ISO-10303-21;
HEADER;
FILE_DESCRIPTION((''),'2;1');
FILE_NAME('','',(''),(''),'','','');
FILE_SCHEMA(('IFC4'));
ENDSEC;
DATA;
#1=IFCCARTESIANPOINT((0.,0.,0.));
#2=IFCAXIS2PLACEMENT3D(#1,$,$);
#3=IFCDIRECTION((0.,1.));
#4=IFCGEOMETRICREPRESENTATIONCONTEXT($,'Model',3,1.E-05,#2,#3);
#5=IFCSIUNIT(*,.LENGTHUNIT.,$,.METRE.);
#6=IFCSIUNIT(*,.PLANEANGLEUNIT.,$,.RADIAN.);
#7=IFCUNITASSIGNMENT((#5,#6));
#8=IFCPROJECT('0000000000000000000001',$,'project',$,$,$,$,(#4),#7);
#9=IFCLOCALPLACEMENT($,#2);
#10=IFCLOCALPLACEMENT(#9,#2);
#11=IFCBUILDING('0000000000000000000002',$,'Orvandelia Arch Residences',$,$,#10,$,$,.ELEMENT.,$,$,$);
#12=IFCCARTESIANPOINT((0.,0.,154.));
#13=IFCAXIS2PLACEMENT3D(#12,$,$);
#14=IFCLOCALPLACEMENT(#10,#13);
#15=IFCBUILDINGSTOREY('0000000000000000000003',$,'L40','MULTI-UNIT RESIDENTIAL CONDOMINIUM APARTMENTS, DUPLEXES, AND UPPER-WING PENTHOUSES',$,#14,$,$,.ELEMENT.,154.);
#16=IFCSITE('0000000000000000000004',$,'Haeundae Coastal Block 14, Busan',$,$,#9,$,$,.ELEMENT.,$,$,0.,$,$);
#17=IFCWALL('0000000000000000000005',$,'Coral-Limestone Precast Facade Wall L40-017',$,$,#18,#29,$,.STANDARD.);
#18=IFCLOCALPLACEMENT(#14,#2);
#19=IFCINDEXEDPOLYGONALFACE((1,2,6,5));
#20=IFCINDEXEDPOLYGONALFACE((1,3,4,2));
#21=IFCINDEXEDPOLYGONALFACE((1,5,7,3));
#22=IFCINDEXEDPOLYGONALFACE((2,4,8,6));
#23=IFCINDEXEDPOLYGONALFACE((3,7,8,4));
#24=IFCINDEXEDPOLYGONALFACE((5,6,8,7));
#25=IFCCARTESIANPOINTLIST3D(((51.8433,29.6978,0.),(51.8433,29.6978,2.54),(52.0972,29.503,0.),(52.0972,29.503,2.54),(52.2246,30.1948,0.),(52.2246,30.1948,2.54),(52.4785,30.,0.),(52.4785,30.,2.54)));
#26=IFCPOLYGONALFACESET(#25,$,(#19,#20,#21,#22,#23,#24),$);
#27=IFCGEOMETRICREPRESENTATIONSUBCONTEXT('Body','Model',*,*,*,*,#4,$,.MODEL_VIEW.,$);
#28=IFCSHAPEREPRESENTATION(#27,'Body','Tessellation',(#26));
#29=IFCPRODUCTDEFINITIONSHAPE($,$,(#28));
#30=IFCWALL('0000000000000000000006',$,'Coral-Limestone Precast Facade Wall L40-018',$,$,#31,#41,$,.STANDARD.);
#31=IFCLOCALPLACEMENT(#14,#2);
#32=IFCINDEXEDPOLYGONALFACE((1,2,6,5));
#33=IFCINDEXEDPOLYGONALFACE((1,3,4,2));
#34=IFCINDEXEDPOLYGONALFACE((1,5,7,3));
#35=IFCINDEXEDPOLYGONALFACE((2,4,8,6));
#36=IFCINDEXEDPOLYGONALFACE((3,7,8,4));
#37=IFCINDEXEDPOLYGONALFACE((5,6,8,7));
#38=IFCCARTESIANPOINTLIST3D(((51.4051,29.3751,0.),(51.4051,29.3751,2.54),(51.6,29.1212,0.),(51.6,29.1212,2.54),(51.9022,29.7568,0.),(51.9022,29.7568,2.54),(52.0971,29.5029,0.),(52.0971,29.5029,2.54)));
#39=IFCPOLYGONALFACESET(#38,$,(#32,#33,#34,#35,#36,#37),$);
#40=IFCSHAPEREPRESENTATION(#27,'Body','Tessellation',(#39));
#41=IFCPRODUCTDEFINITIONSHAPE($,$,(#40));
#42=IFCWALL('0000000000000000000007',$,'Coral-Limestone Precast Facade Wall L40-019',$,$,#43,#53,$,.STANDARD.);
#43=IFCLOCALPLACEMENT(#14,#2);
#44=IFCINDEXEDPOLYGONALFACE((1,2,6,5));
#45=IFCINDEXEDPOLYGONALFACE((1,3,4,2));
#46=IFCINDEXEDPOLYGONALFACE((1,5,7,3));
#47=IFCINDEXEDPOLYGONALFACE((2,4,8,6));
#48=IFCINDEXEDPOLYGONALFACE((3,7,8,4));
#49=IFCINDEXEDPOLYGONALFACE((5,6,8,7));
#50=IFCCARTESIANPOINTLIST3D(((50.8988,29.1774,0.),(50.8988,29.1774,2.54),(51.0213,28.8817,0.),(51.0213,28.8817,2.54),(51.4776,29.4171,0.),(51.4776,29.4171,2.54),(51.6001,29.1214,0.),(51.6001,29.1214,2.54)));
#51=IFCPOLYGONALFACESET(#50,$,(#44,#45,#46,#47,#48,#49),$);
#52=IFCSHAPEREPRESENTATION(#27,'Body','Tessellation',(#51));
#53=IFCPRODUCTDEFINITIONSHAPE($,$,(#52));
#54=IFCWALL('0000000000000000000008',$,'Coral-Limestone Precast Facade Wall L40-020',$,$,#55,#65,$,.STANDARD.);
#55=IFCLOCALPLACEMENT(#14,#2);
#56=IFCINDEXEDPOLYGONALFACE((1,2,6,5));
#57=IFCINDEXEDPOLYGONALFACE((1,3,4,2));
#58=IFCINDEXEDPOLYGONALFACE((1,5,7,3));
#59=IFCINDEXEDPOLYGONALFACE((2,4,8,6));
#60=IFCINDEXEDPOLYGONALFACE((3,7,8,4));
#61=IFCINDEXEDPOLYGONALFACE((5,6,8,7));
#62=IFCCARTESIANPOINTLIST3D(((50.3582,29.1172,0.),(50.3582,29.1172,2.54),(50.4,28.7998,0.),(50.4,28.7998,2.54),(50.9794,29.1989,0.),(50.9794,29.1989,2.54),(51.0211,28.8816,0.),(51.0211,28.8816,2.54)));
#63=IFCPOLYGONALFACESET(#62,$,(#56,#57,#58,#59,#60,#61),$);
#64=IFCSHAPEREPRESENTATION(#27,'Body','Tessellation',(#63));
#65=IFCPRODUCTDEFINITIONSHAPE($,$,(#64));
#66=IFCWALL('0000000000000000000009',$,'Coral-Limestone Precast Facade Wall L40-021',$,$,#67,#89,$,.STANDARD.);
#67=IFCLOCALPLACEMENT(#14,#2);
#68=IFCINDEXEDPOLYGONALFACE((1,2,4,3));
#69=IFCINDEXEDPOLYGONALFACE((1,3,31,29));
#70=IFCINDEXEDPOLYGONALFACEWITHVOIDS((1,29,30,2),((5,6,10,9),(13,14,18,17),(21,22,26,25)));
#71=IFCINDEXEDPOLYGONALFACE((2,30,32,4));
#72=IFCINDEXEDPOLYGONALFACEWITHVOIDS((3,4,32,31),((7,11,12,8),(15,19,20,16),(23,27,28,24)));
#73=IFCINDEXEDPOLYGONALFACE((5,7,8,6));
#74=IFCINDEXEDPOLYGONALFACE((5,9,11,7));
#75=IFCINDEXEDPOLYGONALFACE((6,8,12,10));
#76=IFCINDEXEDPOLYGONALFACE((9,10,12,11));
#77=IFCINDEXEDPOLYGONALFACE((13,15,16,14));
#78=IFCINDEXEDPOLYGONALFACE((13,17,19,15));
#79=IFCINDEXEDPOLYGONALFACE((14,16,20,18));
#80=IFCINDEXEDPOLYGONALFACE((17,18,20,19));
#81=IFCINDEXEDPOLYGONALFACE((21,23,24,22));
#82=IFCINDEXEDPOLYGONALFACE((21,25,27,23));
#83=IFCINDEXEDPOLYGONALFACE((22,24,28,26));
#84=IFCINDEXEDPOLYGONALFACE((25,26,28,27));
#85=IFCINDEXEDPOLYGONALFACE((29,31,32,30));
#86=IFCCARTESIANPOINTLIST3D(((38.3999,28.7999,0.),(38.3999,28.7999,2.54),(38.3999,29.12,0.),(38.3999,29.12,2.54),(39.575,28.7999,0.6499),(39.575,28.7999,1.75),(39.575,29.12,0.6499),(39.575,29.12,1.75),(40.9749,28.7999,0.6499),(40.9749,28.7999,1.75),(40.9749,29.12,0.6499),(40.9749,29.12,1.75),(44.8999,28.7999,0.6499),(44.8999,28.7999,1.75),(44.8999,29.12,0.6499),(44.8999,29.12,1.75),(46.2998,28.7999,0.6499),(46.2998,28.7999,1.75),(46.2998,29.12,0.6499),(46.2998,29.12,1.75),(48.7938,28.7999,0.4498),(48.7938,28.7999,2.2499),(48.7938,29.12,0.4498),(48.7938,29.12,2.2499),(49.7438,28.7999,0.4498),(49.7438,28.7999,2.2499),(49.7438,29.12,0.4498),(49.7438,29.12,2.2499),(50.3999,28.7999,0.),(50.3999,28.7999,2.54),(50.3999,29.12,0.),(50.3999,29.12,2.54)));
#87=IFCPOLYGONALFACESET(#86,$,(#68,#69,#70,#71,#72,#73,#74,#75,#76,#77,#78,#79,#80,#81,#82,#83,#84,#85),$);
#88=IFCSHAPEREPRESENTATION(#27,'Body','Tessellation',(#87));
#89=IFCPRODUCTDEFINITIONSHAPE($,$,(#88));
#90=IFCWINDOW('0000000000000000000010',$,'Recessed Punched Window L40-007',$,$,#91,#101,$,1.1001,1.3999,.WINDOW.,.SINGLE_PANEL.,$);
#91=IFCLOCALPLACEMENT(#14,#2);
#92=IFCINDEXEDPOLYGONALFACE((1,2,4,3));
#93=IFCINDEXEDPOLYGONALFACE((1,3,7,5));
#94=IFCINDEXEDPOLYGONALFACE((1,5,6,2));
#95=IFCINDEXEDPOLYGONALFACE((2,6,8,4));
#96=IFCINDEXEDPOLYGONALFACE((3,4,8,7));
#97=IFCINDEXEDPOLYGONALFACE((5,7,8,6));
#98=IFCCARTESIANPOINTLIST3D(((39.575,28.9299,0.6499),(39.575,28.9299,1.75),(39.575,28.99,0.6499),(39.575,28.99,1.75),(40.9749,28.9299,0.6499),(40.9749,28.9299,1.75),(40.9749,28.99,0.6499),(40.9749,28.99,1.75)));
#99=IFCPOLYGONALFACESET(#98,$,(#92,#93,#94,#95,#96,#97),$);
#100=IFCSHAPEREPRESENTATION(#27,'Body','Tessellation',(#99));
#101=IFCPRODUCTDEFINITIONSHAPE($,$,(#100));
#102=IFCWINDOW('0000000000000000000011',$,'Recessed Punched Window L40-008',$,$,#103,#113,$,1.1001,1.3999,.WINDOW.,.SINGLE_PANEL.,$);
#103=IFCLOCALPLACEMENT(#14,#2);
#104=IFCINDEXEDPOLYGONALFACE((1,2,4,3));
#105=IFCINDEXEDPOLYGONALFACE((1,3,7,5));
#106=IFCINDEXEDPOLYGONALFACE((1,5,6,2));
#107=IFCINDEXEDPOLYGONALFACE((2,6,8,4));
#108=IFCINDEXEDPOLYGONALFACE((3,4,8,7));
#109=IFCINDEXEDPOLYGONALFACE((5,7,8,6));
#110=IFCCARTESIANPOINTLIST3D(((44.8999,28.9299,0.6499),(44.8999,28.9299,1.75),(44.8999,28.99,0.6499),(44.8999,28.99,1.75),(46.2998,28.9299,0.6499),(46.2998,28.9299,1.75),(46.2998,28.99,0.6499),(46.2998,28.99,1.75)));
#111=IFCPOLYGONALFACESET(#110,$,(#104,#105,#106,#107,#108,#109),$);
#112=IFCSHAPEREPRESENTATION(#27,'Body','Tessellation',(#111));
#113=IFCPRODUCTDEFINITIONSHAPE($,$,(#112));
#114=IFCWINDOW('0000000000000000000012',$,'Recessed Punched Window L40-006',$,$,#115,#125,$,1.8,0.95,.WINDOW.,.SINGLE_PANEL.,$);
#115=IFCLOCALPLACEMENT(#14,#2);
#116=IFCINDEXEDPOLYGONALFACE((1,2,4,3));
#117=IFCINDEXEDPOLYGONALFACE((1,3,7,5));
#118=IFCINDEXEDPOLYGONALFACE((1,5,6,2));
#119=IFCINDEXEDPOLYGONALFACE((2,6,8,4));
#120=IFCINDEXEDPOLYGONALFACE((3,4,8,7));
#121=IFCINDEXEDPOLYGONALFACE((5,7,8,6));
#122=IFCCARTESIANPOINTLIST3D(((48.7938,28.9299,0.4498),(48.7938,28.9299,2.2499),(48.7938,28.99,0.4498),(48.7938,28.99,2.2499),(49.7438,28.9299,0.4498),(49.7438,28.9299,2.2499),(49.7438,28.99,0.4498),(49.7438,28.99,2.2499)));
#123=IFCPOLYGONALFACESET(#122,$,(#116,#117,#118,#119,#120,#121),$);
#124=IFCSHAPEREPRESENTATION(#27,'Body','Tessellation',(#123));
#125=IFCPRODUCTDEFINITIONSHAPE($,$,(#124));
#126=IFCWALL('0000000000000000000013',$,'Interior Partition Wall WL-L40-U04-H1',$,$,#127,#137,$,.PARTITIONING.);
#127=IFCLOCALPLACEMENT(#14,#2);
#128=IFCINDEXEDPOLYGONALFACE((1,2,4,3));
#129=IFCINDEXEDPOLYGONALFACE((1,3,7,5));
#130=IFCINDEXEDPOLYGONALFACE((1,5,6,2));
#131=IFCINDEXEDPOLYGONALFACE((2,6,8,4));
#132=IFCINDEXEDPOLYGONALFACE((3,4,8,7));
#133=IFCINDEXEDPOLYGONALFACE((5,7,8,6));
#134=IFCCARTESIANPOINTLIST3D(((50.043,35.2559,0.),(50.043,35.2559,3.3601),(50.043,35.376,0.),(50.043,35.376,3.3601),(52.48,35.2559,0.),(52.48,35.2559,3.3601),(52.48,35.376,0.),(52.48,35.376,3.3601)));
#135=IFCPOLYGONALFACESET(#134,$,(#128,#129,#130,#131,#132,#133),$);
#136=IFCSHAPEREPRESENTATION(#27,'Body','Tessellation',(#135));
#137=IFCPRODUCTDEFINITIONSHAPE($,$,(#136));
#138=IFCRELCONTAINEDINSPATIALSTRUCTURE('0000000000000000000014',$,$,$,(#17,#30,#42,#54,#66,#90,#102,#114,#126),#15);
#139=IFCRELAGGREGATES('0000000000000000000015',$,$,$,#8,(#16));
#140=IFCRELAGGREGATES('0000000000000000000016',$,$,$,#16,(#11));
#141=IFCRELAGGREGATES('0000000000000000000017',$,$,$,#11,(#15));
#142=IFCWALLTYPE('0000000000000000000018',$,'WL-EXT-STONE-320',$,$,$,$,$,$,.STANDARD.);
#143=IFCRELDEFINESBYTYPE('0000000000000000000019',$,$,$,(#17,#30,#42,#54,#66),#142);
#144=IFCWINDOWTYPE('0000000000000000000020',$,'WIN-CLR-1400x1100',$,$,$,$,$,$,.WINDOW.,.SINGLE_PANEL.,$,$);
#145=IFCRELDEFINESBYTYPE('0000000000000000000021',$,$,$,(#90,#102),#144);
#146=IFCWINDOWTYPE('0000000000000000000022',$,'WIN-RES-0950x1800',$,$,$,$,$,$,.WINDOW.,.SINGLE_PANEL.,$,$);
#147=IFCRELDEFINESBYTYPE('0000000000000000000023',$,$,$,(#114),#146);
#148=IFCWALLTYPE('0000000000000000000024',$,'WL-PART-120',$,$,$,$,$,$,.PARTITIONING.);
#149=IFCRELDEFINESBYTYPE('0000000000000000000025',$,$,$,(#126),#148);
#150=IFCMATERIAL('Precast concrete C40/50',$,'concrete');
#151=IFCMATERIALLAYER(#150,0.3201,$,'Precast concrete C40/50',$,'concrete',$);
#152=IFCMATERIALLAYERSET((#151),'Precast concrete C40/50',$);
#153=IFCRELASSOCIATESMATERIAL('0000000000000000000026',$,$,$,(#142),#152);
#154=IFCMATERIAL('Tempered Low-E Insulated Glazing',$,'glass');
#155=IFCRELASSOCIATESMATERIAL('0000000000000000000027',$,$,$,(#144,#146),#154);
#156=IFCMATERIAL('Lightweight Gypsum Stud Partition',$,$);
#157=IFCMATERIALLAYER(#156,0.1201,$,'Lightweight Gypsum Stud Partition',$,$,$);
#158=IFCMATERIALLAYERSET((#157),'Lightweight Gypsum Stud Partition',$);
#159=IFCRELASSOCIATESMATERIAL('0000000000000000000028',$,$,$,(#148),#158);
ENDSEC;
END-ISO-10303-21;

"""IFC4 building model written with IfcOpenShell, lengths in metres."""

from ifc_helpers import new_model, si_unit, direction, frame, frame_2d, origin, place, context, subcontext, project, spatial, rectangle, extrude, material, layer, layer_set, type_object, element, fill, save


model = new_model("IFC4")

# Units and contexts
model_context = context("Model", 3, precision=1e-05, world=origin(), true_north=direction((0.0, 1.0)))
body_context = subcontext(model_context, "Body", "Model", "MODEL_VIEW")
ifc_project = project(units=[si_unit("LENGTHUNIT", "METRE"), si_unit("PLANEANGLEUNIT", "RADIAN")], contexts=[model_context])

# Site, building, storey
site_placement = place(None, origin())
site = spatial("IfcSite", under=ifc_project, at=site_placement, Name="Haeundae Coastal Block 14, Busan", CompositionType="ELEMENT", RefElevation=0.0)
building_placement = place(site_placement, origin())
building = spatial("IfcBuilding", under=site, at=building_placement, Name="Orvandelia Arch Residences", CompositionType="ELEMENT")
storey_placement = place(building_placement, frame((0.0, 0.0, 154.0)))
storey = spatial("IfcBuildingStorey", under=building, at=storey_placement, Name="L40", Description="MULTI-UNIT RESIDENTIAL CONDOMINIUM APARTMENTS, DUPLEXES, AND UPPER-WING PENTHOUSES", CompositionType="ELEMENT", Elevation=154.0)

# Walls
ifc_material_1 = material(Name="Precast concrete C40/50", Category="concrete")
ifc_layer_1 = layer(ifc_material_1, 0.3201, Name="Precast concrete C40/50", Category="concrete")
ifc_layer_set_1 = layer_set([ifc_layer_1], Name="Precast concrete C40/50")
wall_type_1 = type_object("IfcWallType", Name="WL-EXT-STONE-320", PredefinedType="STANDARD", material=ifc_layer_set_1)
wall_1_placement = place(storey_placement, frame((52.3516, 30.0974, 0.0), z_axis=(0.0, 0.0, 1.0), x_axis=(-0.608693, -0.793406, 0.0)))
element("IfcWall", 1, at=wall_1_placement, inside=storey, type_object=wall_type_1, Name="Coral-Limestone Precast Facade Wall L40-017", PredefinedType="STANDARD", context=body_context, shape_type="SweptSolid", body=[
    extrude(rectangle(XDim=0.6265, YDim=0.3201, at=frame_2d((0.3132, 0.0))), origin(), (0.0, 0.0, 1.0), 2.54),
])
wall_2_placement = place(storey_placement, frame((51.9998, 29.6299, 0.0), z_axis=(0.0, 0.0, 1.0), x_axis=(-0.793217, -0.608939, 0.0)))
element("IfcWall", 2, at=wall_2_placement, inside=storey, type_object=wall_type_1, Name="Coral-Limestone Precast Facade Wall L40-018", PredefinedType="STANDARD", context=body_context, shape_type="SweptSolid", body=[
    extrude(rectangle(XDim=0.6267, YDim=0.3201, at=frame_2d((0.3135, 0.0))), origin(), (0.0, 0.0, 1.0), 2.54),
])
for number, where, z_axis, x_axis, name in (
    (3, (51.5388, 29.2693, 0.0), (0.0, 0.0, 1.0), (-0.923893, -0.38265, 0.0), "Coral-Limestone Precast Facade Wall L40-019"),
    (4, (51.0002, 29.0403, 0.0), (0.0, 0.0, 1.0), (-0.991441, -0.130555, 0.0), "Coral-Limestone Precast Facade Wall L40-020"),
):
    element("IfcWall", number, at=place(storey_placement, frame(where, z_axis=z_axis, x_axis=x_axis)), inside=storey, type_object=wall_type_1, Name=name, PredefinedType="STANDARD", context=body_context, shape_type="SweptSolid", body=[
        extrude(rectangle(XDim=0.6265, YDim=0.3201, at=frame_2d((0.3132, 0.0))), origin(), (0.0, 0.0, 1.0), 2.54),
    ])

# Wall, openings, windows
wall_3_placement = place(storey_placement, frame((50.3999, 28.96, 0.0), z_axis=(0.0, 0.0, 1.0), x_axis=(-1.0, 0.0, 0.0)))
wall_3 = element("IfcWall", 5, at=wall_3_placement, inside=storey, type_object=wall_type_1, Name="Coral-Limestone Precast Facade Wall L40-021", PredefinedType="STANDARD", context=body_context, shape_type="SweptSolid", body=[
    extrude(rectangle(XDim=12.0, YDim=0.3201, at=frame_2d((6.0, 0.0))), origin(), (0.0, 0.0, 1.0), 2.54),
])
opening_1_placement = place(wall_3_placement, frame((0.656, 0.0, 0.45)))
opening_1 = element("IfcOpeningElement", 6, at=opening_1_placement, cuts=wall_3, PredefinedType="OPENING", context=body_context, shape_type="SweptSolid", body=[
    extrude(rectangle(XDim=0.95, YDim=1.8, at=frame_2d((0.4751, 0.8999))), frame((0.0, 0.1699, 0.0), z_axis=(0.0, -1.0, 0.0), x_axis=(1.0, 0.0, 0.0)), (0.0, 0.0, 1.0), 0.3401),
])
opening_2_placement = place(wall_3_placement, frame((9.425, 0.0, 0.6499)))
opening_2 = element("IfcOpeningElement", 7, at=opening_2_placement, cuts=wall_3, PredefinedType="OPENING", context=body_context, shape_type="SweptSolid", body=[
    extrude(rectangle(XDim=1.3999, YDim=1.1001, at=frame_2d((0.7, 0.55))), frame((0.0, 0.1699, 0.0), z_axis=(0.0, -1.0, 0.0), x_axis=(1.0, 0.0, 0.0)), (0.0, 0.0, 1.0), 0.3401),
])
opening_3_placement = place(wall_3_placement, frame((4.1001, 0.0, 0.6499)))
opening_3 = element("IfcOpeningElement", 8, at=opening_3_placement, cuts=wall_3, PredefinedType="OPENING", context=body_context, shape_type="SweptSolid", body=[
    extrude(rectangle(XDim=1.3999, YDim=1.1001, at=frame_2d((0.7, 0.55))), frame((0.0, 0.1699, 0.0), z_axis=(0.0, -1.0, 0.0), x_axis=(1.0, 0.0, 0.0)), (0.0, 0.0, 1.0), 0.3401),
])
ifc_material_2 = material(Name="Tempered Low-E Insulated Glazing", Category="glass")
window_type_1 = type_object("IfcWindowType", Name="WIN-CLR-1400x1100", PartitioningType="SINGLE_PANEL", PredefinedType="WINDOW", material=ifc_material_2)
window_1_placement = place(opening_2_placement, origin())
window_1 = element("IfcWindow", 9, at=window_1_placement, inside=storey, type_object=window_type_1, Name="Recessed Punched Window L40-007", OverallHeight=1.1001, OverallWidth=1.3999, PartitioningType="SINGLE_PANEL", PredefinedType="WINDOW", context=body_context, shape_type="SweptSolid", body=[
    extrude(rectangle(XDim=1.3999, YDim=1.1001, at=frame_2d((0.7, 0.55))), frame((0.0, 0.03, 0.0), z_axis=(0.0, -1.0, 0.0), x_axis=(1.0, 0.0, 0.0)), (0.0, 0.0, 1.0), 0.0601),
])
fill(opening_2, window_1)
window_2_placement = place(opening_3_placement, origin())
window_2 = element("IfcWindow", 10, at=window_2_placement, inside=storey, type_object=window_type_1, Name="Recessed Punched Window L40-008", OverallHeight=1.1001, OverallWidth=1.3999, PartitioningType="SINGLE_PANEL", PredefinedType="WINDOW", context=body_context, shape_type="SweptSolid", body=[
    extrude(rectangle(XDim=1.3999, YDim=1.1001, at=frame_2d((0.7, 0.55))), frame((0.0, 0.03, 0.0), z_axis=(0.0, -1.0, 0.0), x_axis=(1.0, 0.0, 0.0)), (0.0, 0.0, 1.0), 0.0601),
])
fill(opening_3, window_2)
window_type_2 = type_object("IfcWindowType", Name="WIN-RES-0950x1800", PartitioningType="SINGLE_PANEL", PredefinedType="WINDOW", material=ifc_material_2)
window_3_placement = place(opening_1_placement, origin())
window_3 = element("IfcWindow", 11, at=window_3_placement, inside=storey, type_object=window_type_2, Name="Recessed Punched Window L40-006", OverallHeight=1.8, OverallWidth=0.95, PartitioningType="SINGLE_PANEL", PredefinedType="WINDOW", context=body_context, shape_type="SweptSolid", body=[
    extrude(rectangle(XDim=0.95, YDim=1.8, at=frame_2d((0.4751, 0.8999))), frame((0.0, 0.03, 0.0), z_axis=(0.0, -1.0, 0.0), x_axis=(1.0, 0.0, 0.0)), (0.0, 0.0, 1.0), 0.0601),
])
fill(opening_1, window_3)

# Wall
ifc_material_3 = material(Name="Lightweight Gypsum Stud Partition")
ifc_layer_2 = layer(ifc_material_3, 0.1201, Name="Lightweight Gypsum Stud Partition")
ifc_layer_set_2 = layer_set([ifc_layer_2], Name="Lightweight Gypsum Stud Partition")
wall_type_2 = type_object("IfcWallType", Name="WL-PART-120", PredefinedType="PARTITIONING", material=ifc_layer_set_2)
wall_4_placement = place(storey_placement, frame((50.043, 35.3159, 0.0), z_axis=(0.0, 0.0, 1.0), x_axis=(1.0, 0.0, 0.0)))
element("IfcWall", 12, at=wall_4_placement, inside=storey, type_object=wall_type_2, Name="Interior Partition Wall WL-L40-U04-H1", PredefinedType="PARTITIONING", context=body_context, shape_type="SweptSolid", body=[
    extrude(rectangle(XDim=2.437, YDim=0.1201, at=frame_2d((1.2185, 0.0))), origin(), (0.0, 0.0, 1.0), 3.3601),
])

save(model, "model.ifc")
